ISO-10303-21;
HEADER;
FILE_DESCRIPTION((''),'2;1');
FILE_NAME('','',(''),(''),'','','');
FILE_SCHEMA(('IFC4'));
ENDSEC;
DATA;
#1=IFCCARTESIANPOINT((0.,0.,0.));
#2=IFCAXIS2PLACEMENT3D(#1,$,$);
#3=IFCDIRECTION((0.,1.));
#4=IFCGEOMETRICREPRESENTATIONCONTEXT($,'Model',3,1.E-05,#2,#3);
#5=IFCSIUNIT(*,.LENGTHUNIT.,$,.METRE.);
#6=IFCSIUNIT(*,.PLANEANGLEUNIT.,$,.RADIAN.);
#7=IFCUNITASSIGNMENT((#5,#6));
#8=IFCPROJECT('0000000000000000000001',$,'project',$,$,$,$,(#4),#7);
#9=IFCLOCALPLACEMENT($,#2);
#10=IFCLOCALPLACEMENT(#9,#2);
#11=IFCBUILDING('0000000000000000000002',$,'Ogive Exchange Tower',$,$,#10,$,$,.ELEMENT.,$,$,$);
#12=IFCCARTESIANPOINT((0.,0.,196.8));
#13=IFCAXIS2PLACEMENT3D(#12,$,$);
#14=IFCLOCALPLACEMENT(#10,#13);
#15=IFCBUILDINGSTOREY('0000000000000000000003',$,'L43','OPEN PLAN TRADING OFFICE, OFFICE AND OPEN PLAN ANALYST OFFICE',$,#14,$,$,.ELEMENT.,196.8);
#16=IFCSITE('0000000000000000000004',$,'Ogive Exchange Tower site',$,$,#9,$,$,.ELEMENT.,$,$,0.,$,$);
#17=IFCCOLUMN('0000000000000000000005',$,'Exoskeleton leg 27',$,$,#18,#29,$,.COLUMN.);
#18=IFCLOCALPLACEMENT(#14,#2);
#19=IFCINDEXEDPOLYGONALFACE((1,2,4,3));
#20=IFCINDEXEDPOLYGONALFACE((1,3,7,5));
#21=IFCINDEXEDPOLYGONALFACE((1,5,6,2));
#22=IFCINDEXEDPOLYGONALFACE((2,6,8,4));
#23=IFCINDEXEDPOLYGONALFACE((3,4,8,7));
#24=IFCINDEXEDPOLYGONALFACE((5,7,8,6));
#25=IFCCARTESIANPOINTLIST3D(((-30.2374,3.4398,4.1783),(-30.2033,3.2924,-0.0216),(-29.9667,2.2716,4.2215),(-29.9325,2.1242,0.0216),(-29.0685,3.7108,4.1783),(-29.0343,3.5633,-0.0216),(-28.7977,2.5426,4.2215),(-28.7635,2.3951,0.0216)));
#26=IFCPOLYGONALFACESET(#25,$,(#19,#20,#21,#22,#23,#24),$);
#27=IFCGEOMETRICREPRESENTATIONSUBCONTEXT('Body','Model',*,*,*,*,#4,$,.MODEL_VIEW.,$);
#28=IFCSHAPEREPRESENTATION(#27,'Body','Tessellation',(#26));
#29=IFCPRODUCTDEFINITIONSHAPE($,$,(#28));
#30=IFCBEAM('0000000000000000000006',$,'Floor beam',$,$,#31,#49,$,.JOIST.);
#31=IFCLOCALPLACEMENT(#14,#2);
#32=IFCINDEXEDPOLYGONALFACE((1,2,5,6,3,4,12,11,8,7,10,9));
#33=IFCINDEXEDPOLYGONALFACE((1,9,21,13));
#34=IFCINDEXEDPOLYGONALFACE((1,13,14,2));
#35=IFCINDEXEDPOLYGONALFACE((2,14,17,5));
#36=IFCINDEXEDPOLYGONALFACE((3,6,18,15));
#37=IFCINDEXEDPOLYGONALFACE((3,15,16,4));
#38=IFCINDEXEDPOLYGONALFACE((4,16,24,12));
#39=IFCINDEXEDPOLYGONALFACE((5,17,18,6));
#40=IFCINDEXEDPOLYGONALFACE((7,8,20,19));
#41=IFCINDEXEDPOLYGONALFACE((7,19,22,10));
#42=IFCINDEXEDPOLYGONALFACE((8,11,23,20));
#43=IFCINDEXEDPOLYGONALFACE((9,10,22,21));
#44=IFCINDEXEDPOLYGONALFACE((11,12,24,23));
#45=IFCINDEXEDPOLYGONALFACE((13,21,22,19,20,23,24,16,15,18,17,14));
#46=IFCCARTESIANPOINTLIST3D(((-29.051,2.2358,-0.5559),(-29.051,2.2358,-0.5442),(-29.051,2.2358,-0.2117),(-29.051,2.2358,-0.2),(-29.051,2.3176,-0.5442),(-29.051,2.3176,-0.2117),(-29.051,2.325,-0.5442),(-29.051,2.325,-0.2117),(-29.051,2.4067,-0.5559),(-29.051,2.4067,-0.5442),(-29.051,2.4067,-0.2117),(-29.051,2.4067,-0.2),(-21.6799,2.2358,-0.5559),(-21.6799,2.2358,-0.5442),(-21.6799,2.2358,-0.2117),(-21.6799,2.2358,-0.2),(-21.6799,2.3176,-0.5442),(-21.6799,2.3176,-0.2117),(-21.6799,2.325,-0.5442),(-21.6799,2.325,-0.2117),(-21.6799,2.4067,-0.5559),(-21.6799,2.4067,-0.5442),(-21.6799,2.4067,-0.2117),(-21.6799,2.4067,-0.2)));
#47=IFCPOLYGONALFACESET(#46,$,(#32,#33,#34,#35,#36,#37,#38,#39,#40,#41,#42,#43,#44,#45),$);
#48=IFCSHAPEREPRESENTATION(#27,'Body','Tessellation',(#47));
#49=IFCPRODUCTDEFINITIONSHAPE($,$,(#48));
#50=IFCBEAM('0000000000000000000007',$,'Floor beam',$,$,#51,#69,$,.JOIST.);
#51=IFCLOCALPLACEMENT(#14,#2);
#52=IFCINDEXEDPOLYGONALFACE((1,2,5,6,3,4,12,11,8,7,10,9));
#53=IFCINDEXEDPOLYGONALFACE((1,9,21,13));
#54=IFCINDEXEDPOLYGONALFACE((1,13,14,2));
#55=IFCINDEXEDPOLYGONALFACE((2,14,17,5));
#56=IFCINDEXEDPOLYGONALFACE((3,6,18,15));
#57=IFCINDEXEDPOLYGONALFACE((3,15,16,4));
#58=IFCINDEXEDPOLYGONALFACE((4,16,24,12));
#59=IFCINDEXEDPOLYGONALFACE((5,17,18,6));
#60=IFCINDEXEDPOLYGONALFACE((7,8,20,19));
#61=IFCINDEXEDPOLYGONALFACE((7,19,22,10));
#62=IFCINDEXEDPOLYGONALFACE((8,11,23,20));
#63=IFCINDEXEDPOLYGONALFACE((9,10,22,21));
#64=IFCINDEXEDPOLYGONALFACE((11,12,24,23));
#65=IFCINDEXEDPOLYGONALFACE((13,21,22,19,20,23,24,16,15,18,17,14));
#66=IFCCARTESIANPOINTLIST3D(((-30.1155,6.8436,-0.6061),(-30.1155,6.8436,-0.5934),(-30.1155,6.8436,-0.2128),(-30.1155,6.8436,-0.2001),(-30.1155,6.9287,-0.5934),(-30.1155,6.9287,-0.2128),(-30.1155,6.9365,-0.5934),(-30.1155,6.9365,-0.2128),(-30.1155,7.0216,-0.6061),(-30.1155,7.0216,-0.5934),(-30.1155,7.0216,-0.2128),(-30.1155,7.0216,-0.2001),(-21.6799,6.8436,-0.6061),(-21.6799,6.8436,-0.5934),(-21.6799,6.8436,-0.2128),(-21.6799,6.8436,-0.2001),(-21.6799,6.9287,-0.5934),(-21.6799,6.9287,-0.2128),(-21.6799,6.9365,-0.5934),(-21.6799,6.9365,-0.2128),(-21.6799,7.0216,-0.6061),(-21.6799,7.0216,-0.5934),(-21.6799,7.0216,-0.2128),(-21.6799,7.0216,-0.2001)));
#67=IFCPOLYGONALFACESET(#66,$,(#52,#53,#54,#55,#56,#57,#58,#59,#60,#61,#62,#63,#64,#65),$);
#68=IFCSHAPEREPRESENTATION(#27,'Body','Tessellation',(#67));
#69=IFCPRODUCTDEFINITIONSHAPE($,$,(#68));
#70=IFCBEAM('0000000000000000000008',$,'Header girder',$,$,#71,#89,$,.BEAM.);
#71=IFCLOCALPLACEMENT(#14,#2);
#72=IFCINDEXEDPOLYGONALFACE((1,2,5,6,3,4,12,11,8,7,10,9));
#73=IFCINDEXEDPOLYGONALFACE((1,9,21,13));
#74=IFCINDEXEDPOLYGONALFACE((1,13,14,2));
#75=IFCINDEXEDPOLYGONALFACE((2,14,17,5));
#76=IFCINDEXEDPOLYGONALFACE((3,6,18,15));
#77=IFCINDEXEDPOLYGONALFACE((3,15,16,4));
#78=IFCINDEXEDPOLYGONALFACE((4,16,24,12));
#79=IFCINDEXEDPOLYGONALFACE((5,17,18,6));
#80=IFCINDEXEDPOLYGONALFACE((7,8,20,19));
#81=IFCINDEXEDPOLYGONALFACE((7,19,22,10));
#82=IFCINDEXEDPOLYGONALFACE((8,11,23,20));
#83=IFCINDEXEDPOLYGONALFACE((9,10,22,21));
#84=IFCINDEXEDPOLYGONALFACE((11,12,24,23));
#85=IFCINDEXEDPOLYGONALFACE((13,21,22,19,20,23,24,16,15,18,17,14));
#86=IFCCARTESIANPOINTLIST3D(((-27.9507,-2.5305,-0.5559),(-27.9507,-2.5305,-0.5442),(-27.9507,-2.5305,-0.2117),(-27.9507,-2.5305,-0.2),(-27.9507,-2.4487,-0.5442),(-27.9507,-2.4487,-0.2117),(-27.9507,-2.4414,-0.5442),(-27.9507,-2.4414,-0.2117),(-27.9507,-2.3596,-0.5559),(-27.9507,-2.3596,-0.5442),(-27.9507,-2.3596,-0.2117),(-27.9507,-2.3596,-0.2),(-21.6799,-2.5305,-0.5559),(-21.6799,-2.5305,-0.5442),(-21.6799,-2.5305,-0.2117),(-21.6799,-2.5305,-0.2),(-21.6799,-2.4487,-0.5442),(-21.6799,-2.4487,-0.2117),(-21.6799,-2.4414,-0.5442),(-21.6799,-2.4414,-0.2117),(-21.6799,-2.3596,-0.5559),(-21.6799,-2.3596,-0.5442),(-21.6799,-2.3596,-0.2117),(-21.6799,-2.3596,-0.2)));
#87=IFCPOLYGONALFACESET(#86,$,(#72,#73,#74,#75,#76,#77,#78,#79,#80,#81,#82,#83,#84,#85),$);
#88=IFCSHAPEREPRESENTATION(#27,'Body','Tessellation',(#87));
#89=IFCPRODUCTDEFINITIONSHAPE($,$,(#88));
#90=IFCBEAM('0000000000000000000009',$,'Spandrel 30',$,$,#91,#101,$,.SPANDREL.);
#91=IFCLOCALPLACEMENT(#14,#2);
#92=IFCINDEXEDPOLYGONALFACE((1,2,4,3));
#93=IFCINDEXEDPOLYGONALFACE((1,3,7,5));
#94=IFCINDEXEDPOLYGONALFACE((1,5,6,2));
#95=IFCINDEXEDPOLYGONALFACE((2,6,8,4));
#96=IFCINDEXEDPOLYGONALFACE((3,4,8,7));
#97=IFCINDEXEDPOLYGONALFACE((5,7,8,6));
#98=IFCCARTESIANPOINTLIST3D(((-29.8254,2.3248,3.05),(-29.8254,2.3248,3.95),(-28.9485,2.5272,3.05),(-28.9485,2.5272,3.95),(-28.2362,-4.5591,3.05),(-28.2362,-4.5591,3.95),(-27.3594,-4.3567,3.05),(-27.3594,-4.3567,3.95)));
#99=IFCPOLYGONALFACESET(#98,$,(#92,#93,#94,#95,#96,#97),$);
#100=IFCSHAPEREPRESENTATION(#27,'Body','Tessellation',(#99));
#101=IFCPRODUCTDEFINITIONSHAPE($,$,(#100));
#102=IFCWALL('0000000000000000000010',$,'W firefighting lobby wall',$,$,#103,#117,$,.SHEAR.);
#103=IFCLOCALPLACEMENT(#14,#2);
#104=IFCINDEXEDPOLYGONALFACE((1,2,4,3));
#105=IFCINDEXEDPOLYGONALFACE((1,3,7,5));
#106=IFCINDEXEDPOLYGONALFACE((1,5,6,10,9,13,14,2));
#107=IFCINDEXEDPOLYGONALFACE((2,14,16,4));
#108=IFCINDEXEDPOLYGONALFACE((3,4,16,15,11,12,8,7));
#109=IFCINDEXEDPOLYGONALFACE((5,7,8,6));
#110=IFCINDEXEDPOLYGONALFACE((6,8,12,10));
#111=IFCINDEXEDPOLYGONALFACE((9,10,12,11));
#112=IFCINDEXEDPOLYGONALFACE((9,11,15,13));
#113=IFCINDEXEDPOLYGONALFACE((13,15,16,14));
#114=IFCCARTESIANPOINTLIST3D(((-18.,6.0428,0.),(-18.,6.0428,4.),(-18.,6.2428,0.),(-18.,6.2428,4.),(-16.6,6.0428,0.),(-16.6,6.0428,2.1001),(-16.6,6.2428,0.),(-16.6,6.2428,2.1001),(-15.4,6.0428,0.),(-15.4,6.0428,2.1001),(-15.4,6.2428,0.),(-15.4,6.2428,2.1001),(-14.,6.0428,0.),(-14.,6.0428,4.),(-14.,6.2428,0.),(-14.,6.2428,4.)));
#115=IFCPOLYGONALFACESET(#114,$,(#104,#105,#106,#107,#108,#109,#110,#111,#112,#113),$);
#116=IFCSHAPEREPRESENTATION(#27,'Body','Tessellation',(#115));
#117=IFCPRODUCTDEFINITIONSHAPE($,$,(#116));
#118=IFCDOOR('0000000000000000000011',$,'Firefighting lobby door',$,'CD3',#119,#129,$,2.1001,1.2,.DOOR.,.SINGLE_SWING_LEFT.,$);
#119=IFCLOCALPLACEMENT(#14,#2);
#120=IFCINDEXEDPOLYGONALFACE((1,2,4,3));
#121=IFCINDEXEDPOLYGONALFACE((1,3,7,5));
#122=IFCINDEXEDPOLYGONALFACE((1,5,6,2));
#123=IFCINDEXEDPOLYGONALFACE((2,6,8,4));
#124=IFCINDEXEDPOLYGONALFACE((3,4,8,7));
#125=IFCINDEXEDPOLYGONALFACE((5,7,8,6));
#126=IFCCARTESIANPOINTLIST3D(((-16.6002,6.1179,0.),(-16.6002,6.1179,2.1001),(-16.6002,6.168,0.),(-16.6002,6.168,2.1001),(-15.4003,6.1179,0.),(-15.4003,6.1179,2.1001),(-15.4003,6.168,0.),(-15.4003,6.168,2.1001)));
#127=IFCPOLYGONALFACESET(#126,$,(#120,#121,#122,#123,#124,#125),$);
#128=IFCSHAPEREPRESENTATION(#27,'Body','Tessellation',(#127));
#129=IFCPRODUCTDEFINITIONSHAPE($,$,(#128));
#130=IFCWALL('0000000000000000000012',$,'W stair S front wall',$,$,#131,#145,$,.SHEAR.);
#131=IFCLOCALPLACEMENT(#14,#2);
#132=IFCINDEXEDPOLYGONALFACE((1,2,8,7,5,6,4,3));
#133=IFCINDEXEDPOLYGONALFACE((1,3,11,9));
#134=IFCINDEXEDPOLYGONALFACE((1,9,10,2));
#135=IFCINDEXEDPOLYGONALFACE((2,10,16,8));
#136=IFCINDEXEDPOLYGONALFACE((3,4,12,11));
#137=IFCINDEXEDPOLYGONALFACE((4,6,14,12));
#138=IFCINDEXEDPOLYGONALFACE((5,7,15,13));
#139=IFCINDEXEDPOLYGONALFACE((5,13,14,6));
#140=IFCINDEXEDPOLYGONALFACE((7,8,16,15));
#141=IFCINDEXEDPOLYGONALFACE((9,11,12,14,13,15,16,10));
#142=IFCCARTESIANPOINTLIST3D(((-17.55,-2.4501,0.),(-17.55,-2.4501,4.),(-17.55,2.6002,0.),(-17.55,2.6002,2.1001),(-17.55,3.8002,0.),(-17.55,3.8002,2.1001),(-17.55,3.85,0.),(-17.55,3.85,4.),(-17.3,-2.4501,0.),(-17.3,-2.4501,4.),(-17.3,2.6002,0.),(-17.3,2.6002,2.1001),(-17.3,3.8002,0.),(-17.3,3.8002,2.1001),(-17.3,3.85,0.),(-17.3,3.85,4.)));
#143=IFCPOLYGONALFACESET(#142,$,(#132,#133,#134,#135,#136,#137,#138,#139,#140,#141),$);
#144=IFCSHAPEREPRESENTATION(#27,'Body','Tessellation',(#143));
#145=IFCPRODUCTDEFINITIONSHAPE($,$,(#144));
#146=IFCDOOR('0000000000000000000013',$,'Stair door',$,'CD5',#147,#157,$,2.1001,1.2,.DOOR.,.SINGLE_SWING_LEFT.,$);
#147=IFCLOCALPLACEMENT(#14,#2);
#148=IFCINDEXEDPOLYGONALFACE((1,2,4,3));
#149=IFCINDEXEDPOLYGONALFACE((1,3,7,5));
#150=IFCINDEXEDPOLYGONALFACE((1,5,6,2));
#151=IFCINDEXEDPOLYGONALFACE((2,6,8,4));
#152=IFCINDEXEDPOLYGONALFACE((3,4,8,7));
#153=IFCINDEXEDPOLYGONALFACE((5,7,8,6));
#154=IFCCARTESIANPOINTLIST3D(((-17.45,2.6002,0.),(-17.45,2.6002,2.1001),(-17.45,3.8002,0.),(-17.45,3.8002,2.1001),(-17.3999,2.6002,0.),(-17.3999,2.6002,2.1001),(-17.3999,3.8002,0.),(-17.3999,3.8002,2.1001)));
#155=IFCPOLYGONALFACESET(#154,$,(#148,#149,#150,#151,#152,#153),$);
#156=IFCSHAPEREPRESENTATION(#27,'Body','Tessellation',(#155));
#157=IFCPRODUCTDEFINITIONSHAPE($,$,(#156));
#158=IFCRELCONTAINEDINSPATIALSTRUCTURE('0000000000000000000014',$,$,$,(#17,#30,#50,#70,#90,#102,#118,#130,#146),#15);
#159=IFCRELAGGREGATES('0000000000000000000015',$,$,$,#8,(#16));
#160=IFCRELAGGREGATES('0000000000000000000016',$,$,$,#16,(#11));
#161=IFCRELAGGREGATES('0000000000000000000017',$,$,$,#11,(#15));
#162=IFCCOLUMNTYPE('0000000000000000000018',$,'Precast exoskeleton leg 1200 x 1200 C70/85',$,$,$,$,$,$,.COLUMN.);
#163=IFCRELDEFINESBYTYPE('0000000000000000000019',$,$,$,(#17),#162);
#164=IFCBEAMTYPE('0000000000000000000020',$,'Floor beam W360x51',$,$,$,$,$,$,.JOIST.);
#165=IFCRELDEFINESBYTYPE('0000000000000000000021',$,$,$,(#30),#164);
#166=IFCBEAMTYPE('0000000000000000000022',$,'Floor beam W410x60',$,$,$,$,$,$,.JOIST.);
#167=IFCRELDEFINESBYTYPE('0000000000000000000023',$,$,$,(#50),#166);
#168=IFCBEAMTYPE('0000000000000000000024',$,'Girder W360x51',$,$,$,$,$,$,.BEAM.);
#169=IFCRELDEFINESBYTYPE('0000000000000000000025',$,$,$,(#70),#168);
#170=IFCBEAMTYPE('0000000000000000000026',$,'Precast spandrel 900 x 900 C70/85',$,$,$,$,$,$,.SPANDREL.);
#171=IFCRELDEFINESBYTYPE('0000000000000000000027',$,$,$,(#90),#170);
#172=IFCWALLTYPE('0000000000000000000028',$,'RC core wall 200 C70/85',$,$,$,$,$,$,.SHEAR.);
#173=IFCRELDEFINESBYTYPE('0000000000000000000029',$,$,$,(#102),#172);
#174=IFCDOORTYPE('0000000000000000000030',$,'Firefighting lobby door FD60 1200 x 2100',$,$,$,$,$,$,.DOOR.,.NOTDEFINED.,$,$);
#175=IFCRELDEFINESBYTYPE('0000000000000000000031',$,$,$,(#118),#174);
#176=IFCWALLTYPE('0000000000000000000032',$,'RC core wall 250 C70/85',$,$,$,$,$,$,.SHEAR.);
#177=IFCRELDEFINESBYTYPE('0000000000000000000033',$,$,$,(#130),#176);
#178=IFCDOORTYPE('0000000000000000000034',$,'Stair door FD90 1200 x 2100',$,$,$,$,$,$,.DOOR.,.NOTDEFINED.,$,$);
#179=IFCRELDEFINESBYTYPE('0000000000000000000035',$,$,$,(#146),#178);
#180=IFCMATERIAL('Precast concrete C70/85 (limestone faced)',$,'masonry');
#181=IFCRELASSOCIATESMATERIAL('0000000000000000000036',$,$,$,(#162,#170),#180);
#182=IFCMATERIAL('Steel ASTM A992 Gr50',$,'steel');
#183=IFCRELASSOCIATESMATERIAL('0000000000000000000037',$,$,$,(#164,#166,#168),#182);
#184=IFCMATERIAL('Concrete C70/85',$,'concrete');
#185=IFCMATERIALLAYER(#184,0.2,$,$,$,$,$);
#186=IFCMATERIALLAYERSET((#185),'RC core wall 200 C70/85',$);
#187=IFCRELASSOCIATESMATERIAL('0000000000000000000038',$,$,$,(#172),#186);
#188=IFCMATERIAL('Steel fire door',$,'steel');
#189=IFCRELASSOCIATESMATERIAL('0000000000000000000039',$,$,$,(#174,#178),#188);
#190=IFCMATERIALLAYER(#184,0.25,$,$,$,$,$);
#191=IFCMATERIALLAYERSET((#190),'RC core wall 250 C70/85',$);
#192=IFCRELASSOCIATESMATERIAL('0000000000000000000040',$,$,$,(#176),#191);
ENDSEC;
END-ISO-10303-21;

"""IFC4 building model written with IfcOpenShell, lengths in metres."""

from ifc_helpers import new_model, si_unit, direction, frame, frame_2d, origin, origin_2d, place, context, subcontext, project, spatial, rectangle, i_section, extrude, material, layer, layer_set, material_profile, profile_set, type_object, element, fill, save


model = new_model("IFC4")

# Units and contexts
model_context = context("Model", 3, precision=1e-05, world=origin(), true_north=direction((0.0, 1.0)))
body_context = subcontext(model_context, "Body", "Model", "MODEL_VIEW")
ifc_project = project(units=[si_unit("LENGTHUNIT", "METRE"), si_unit("PLANEANGLEUNIT", "RADIAN")], contexts=[model_context])

# Site, building, storey
site_placement = place(None, origin())
site = spatial("IfcSite", under=ifc_project, at=site_placement, Name="Ogive Exchange Tower site", CompositionType="ELEMENT", RefElevation=0.0)
building_placement = place(site_placement, origin())
building = spatial("IfcBuilding", under=site, at=building_placement, Name="Ogive Exchange Tower", CompositionType="ELEMENT")
storey_placement = place(building_placement, frame((0.0, 0.0, 196.8)))
storey = spatial("IfcBuildingStorey", under=building, at=storey_placement, Name="L43", Description="OPEN PLAN TRADING OFFICE, OFFICE AND OPEN PLAN ANALYST OFFICE", CompositionType="ELEMENT", Elevation=196.8)

# Column
ifc_material_1 = material(Name="Precast concrete C70/85 (limestone faced)", Category="masonry")
ifc_material_profile_1 = material_profile(ifc_material_1, rectangle(XDim=1.2, YDim=1.2, at=origin_2d()), Name="1200 x 1200")
ifc_profile_set_1 = profile_set([ifc_material_profile_1], Name="Precast concrete C70/85 (limestone faced)")
column_type = type_object("IfcColumnType", Name="Precast exoskeleton leg 1200 x 1200 C70/85", PredefinedType="COLUMN", material=ifc_profile_set_1)
column_placement = place(storey_placement, frame((-29.4834, 2.8438, 0.0), z_axis=(-0.008133, 0.035087, 0.999351), x_axis=(-0.974173, -0.225802, 0.0)))
element("IfcColumn", 1, at=column_placement, inside=storey, type_object=column_type, Name="Exoskeleton leg 27", PredefinedType="COLUMN", context=body_context, shape_type="SweptSolid", body=[
    extrude(rectangle(XDim=1.2, YDim=1.2, at=origin_2d()), origin(), (0.0, 0.0, 1.0), 4.2026),
])

# Beams
ifc_material_2 = material(Name="Steel ASTM A992 Gr50", Category="steel")
ifc_material_profile_2 = material_profile(ifc_material_2, i_section(OverallWidth=0.1709, OverallDepth=0.356, WebThickness=0.0073, FlangeThickness=0.0117, at=origin_2d()), Name="W360x51")
ifc_profile_set_2 = profile_set([ifc_material_profile_2], Name="Steel ASTM A992 Gr50")
beam_type_1 = type_object("IfcBeamType", Name="Floor beam W360x51", PredefinedType="JOIST", material=ifc_profile_set_2)
beam_1_placement = place(storey_placement, frame((-29.051, 2.3213, -0.3779), z_axis=(1.0, 0.0, 0.0), x_axis=(0.0, 1.0, 0.0)))
element("IfcBeam", 2, at=beam_1_placement, inside=storey, type_object=beam_type_1, Name="Floor beam", PredefinedType="JOIST", context=body_context, shape_type="SweptSolid", body=[
    extrude(i_section(OverallWidth=0.1709, OverallDepth=0.356, WebThickness=0.0073, FlangeThickness=0.0117, at=origin_2d()), origin(), (0.0, 0.0, 1.0), 7.3711),
])
ifc_material_profile_3 = material_profile(ifc_material_2, i_section(OverallWidth=0.178, OverallDepth=0.406, WebThickness=0.0078, FlangeThickness=0.0127, at=origin_2d()), Name="W410x60")
ifc_profile_set_3 = profile_set([ifc_material_profile_3], Name="Steel ASTM A992 Gr50")
beam_type_2 = type_object("IfcBeamType", Name="Floor beam W410x60", PredefinedType="JOIST", material=ifc_profile_set_3)
beam_2_placement = place(storey_placement, frame((-30.1155, 6.9326, -0.4031), z_axis=(1.0, 0.0, 0.0), x_axis=(0.0, 1.0, 0.0)))
element("IfcBeam", 3, at=beam_2_placement, inside=storey, type_object=beam_type_2, Name="Floor beam", PredefinedType="JOIST", context=body_context, shape_type="SweptSolid", body=[
    extrude(i_section(OverallWidth=0.178, OverallDepth=0.406, WebThickness=0.0078, FlangeThickness=0.0127, at=origin_2d()), origin(), (0.0, 0.0, 1.0), 8.4355),
])
ifc_material_profile_4 = material_profile(ifc_material_2, i_section(OverallWidth=0.1709, OverallDepth=0.356, WebThickness=0.0073, FlangeThickness=0.0117, at=origin_2d()), Name="W360x51")
ifc_profile_set_4 = profile_set([ifc_material_profile_4], Name="Steel ASTM A992 Gr50")
beam_type_3 = type_object("IfcBeamType", Name="Girder W360x51", PredefinedType="BEAM", material=ifc_profile_set_4)
beam_3_placement = place(storey_placement, frame((-27.9507, -2.4451, -0.3779), z_axis=(1.0, 0.0, 0.0), x_axis=(0.0, 1.0, 0.0)))
element("IfcBeam", 4, at=beam_3_placement, inside=storey, type_object=beam_type_3, Name="Header girder", PredefinedType="BEAM", context=body_context, shape_type="SweptSolid", body=[
    extrude(i_section(OverallWidth=0.1709, OverallDepth=0.356, WebThickness=0.0073, FlangeThickness=0.0117, at=origin_2d()), origin(), (0.0, 0.0, 1.0), 6.2708),
])
ifc_material_profile_5 = material_profile(ifc_material_1, rectangle(XDim=0.8999, YDim=0.8999, at=origin_2d()), Name="900 x 900")
ifc_profile_set_5 = profile_set([ifc_material_profile_5], Name="Precast concrete C70/85 (limestone faced)")
beam_type_4 = type_object("IfcBeamType", Name="Precast spandrel 900 x 900 C70/85", PredefinedType="SPANDREL", material=ifc_profile_set_5)
beam_4_placement = place(storey_placement, frame((-29.387, 2.426, 3.5), z_axis=(0.224933, -0.974374, 0.0), x_axis=(0.974374, 0.224933, 0.0)))
element("IfcBeam", 5, at=beam_4_placement, inside=storey, type_object=beam_type_4, Name="Spandrel 30", PredefinedType="SPANDREL", context=body_context, shape_type="SweptSolid", body=[
    extrude(rectangle(XDim=0.8999, YDim=0.8999, at=origin_2d()), origin(), (0.0, 0.0, 1.0), 7.0649),
])

# Walls, openings, doors
ifc_material_3 = material(Name="Concrete C70/85", Category="concrete")
ifc_layer_1 = layer(ifc_material_3, 0.2)
ifc_layer_set_1 = layer_set([ifc_layer_1], Name="RC core wall 200 C70/85")
wall_type_1 = type_object("IfcWallType", Name="RC core wall 200 C70/85", PredefinedType="SHEAR", material=ifc_layer_set_1)
wall_1_placement = place(storey_placement, frame((-18.0, 6.1428, 0.0), z_axis=(0.0, 0.0, 1.0), x_axis=(1.0, 0.0, 0.0)))
wall_1 = element("IfcWall", 6, at=wall_1_placement, inside=storey, type_object=wall_type_1, Name="W firefighting lobby wall", PredefinedType="SHEAR", context=body_context, shape_type="SweptSolid", body=[
    extrude(rectangle(XDim=4.0, YDim=0.2, at=frame_2d((2.0, 0.0))), origin(), (0.0, 0.0, 1.0), 4.0),
])
opening_1_placement = place(wall_1_placement, frame((1.3999, 0.0, 0.0)))
opening_1 = element("IfcOpeningElement", 7, at=opening_1_placement, cuts=wall_1, PredefinedType="OPENING", context=body_context, shape_type="SweptSolid", body=[
    extrude(rectangle(XDim=1.2, YDim=2.1001, at=frame_2d((0.6001, 1.05))), frame((0.0, 0.1099, 0.0), z_axis=(0.0, -1.0, 0.0), x_axis=(1.0, 0.0, 0.0)), (0.0, 0.0, 1.0), 0.22),
])
ifc_material_4 = material(Name="Steel fire door", Category="steel")
door_type_1 = type_object("IfcDoorType", Name="Firefighting lobby door FD60 1200 x 2100", OperationType="NOTDEFINED", PredefinedType="DOOR", material=ifc_material_4)
door_1_placement = place(opening_1_placement, frame((1.2, 0.0, 0.0), z_axis=(0.0, 0.0, 1.0), x_axis=(-1.0, 0.0, 0.0)))
door_1 = element("IfcDoor", 8, at=door_1_placement, inside=storey, type_object=door_type_1, Name="Firefighting lobby door", ObjectType="CD3", OperationType="SINGLE_SWING_LEFT", OverallHeight=2.1001, OverallWidth=1.2, PredefinedType="DOOR", context=body_context, shape_type="SweptSolid", body=[
    extrude(rectangle(XDim=1.2, YDim=2.1001, at=frame_2d((0.6001, 1.05))), frame((0.0, 0.0249, 0.0), z_axis=(0.0, -1.0, 0.0), x_axis=(1.0, 0.0, 0.0)), (0.0, 0.0, 1.0), 0.05),
])
fill(opening_1, door_1)
ifc_layer_2 = layer(ifc_material_3, 0.25)
ifc_layer_set_2 = layer_set([ifc_layer_2], Name="RC core wall 250 C70/85")
wall_type_2 = type_object("IfcWallType", Name="RC core wall 250 C70/85", PredefinedType="SHEAR", material=ifc_layer_set_2)
wall_2_placement = place(storey_placement, frame((-17.425, -2.45, 0.0), z_axis=(0.0, 0.0, 1.0), x_axis=(0.0, 1.0, 0.0)))
wall_2 = element("IfcWall", 9, at=wall_2_placement, inside=storey, type_object=wall_type_2, Name="W stair S front wall", PredefinedType="SHEAR", context=body_context, shape_type="SweptSolid", body=[
    extrude(rectangle(XDim=6.3, YDim=0.25, at=frame_2d((3.1499, 0.0))), origin(), (0.0, 0.0, 1.0), 4.0),
])
opening_2_placement = place(wall_2_placement, frame((5.05, 0.0, 0.0)))
opening_2 = element("IfcOpeningElement", 10, at=opening_2_placement, cuts=wall_2, PredefinedType="OPENING", context=body_context, shape_type="SweptSolid", body=[
    extrude(rectangle(XDim=1.2, YDim=2.1001, at=frame_2d((0.6001, 1.05))), frame((0.0, 0.135, 0.0), z_axis=(0.0, -1.0, 0.0), x_axis=(1.0, 0.0, 0.0)), (0.0, 0.0, 1.0), 0.27),
])
door_type_2 = type_object("IfcDoorType", Name="Stair door FD90 1200 x 2100", OperationType="NOTDEFINED", PredefinedType="DOOR", material=ifc_material_4)
door_2_placement = place(opening_2_placement, origin())
door_2 = element("IfcDoor", 11, at=door_2_placement, inside=storey, type_object=door_type_2, Name="Stair door", ObjectType="CD5", OperationType="SINGLE_SWING_LEFT", OverallHeight=2.1001, OverallWidth=1.2, PredefinedType="DOOR", context=body_context, shape_type="SweptSolid", body=[
    extrude(rectangle(XDim=1.2, YDim=2.1001, at=frame_2d((0.6001, 1.05))), frame((0.0, 0.0249, 0.0), z_axis=(0.0, -1.0, 0.0), x_axis=(1.0, 0.0, 0.0)), (0.0, 0.0, 1.0), 0.05),
])
fill(opening_2, door_2)

save(model, "model.ifc")
